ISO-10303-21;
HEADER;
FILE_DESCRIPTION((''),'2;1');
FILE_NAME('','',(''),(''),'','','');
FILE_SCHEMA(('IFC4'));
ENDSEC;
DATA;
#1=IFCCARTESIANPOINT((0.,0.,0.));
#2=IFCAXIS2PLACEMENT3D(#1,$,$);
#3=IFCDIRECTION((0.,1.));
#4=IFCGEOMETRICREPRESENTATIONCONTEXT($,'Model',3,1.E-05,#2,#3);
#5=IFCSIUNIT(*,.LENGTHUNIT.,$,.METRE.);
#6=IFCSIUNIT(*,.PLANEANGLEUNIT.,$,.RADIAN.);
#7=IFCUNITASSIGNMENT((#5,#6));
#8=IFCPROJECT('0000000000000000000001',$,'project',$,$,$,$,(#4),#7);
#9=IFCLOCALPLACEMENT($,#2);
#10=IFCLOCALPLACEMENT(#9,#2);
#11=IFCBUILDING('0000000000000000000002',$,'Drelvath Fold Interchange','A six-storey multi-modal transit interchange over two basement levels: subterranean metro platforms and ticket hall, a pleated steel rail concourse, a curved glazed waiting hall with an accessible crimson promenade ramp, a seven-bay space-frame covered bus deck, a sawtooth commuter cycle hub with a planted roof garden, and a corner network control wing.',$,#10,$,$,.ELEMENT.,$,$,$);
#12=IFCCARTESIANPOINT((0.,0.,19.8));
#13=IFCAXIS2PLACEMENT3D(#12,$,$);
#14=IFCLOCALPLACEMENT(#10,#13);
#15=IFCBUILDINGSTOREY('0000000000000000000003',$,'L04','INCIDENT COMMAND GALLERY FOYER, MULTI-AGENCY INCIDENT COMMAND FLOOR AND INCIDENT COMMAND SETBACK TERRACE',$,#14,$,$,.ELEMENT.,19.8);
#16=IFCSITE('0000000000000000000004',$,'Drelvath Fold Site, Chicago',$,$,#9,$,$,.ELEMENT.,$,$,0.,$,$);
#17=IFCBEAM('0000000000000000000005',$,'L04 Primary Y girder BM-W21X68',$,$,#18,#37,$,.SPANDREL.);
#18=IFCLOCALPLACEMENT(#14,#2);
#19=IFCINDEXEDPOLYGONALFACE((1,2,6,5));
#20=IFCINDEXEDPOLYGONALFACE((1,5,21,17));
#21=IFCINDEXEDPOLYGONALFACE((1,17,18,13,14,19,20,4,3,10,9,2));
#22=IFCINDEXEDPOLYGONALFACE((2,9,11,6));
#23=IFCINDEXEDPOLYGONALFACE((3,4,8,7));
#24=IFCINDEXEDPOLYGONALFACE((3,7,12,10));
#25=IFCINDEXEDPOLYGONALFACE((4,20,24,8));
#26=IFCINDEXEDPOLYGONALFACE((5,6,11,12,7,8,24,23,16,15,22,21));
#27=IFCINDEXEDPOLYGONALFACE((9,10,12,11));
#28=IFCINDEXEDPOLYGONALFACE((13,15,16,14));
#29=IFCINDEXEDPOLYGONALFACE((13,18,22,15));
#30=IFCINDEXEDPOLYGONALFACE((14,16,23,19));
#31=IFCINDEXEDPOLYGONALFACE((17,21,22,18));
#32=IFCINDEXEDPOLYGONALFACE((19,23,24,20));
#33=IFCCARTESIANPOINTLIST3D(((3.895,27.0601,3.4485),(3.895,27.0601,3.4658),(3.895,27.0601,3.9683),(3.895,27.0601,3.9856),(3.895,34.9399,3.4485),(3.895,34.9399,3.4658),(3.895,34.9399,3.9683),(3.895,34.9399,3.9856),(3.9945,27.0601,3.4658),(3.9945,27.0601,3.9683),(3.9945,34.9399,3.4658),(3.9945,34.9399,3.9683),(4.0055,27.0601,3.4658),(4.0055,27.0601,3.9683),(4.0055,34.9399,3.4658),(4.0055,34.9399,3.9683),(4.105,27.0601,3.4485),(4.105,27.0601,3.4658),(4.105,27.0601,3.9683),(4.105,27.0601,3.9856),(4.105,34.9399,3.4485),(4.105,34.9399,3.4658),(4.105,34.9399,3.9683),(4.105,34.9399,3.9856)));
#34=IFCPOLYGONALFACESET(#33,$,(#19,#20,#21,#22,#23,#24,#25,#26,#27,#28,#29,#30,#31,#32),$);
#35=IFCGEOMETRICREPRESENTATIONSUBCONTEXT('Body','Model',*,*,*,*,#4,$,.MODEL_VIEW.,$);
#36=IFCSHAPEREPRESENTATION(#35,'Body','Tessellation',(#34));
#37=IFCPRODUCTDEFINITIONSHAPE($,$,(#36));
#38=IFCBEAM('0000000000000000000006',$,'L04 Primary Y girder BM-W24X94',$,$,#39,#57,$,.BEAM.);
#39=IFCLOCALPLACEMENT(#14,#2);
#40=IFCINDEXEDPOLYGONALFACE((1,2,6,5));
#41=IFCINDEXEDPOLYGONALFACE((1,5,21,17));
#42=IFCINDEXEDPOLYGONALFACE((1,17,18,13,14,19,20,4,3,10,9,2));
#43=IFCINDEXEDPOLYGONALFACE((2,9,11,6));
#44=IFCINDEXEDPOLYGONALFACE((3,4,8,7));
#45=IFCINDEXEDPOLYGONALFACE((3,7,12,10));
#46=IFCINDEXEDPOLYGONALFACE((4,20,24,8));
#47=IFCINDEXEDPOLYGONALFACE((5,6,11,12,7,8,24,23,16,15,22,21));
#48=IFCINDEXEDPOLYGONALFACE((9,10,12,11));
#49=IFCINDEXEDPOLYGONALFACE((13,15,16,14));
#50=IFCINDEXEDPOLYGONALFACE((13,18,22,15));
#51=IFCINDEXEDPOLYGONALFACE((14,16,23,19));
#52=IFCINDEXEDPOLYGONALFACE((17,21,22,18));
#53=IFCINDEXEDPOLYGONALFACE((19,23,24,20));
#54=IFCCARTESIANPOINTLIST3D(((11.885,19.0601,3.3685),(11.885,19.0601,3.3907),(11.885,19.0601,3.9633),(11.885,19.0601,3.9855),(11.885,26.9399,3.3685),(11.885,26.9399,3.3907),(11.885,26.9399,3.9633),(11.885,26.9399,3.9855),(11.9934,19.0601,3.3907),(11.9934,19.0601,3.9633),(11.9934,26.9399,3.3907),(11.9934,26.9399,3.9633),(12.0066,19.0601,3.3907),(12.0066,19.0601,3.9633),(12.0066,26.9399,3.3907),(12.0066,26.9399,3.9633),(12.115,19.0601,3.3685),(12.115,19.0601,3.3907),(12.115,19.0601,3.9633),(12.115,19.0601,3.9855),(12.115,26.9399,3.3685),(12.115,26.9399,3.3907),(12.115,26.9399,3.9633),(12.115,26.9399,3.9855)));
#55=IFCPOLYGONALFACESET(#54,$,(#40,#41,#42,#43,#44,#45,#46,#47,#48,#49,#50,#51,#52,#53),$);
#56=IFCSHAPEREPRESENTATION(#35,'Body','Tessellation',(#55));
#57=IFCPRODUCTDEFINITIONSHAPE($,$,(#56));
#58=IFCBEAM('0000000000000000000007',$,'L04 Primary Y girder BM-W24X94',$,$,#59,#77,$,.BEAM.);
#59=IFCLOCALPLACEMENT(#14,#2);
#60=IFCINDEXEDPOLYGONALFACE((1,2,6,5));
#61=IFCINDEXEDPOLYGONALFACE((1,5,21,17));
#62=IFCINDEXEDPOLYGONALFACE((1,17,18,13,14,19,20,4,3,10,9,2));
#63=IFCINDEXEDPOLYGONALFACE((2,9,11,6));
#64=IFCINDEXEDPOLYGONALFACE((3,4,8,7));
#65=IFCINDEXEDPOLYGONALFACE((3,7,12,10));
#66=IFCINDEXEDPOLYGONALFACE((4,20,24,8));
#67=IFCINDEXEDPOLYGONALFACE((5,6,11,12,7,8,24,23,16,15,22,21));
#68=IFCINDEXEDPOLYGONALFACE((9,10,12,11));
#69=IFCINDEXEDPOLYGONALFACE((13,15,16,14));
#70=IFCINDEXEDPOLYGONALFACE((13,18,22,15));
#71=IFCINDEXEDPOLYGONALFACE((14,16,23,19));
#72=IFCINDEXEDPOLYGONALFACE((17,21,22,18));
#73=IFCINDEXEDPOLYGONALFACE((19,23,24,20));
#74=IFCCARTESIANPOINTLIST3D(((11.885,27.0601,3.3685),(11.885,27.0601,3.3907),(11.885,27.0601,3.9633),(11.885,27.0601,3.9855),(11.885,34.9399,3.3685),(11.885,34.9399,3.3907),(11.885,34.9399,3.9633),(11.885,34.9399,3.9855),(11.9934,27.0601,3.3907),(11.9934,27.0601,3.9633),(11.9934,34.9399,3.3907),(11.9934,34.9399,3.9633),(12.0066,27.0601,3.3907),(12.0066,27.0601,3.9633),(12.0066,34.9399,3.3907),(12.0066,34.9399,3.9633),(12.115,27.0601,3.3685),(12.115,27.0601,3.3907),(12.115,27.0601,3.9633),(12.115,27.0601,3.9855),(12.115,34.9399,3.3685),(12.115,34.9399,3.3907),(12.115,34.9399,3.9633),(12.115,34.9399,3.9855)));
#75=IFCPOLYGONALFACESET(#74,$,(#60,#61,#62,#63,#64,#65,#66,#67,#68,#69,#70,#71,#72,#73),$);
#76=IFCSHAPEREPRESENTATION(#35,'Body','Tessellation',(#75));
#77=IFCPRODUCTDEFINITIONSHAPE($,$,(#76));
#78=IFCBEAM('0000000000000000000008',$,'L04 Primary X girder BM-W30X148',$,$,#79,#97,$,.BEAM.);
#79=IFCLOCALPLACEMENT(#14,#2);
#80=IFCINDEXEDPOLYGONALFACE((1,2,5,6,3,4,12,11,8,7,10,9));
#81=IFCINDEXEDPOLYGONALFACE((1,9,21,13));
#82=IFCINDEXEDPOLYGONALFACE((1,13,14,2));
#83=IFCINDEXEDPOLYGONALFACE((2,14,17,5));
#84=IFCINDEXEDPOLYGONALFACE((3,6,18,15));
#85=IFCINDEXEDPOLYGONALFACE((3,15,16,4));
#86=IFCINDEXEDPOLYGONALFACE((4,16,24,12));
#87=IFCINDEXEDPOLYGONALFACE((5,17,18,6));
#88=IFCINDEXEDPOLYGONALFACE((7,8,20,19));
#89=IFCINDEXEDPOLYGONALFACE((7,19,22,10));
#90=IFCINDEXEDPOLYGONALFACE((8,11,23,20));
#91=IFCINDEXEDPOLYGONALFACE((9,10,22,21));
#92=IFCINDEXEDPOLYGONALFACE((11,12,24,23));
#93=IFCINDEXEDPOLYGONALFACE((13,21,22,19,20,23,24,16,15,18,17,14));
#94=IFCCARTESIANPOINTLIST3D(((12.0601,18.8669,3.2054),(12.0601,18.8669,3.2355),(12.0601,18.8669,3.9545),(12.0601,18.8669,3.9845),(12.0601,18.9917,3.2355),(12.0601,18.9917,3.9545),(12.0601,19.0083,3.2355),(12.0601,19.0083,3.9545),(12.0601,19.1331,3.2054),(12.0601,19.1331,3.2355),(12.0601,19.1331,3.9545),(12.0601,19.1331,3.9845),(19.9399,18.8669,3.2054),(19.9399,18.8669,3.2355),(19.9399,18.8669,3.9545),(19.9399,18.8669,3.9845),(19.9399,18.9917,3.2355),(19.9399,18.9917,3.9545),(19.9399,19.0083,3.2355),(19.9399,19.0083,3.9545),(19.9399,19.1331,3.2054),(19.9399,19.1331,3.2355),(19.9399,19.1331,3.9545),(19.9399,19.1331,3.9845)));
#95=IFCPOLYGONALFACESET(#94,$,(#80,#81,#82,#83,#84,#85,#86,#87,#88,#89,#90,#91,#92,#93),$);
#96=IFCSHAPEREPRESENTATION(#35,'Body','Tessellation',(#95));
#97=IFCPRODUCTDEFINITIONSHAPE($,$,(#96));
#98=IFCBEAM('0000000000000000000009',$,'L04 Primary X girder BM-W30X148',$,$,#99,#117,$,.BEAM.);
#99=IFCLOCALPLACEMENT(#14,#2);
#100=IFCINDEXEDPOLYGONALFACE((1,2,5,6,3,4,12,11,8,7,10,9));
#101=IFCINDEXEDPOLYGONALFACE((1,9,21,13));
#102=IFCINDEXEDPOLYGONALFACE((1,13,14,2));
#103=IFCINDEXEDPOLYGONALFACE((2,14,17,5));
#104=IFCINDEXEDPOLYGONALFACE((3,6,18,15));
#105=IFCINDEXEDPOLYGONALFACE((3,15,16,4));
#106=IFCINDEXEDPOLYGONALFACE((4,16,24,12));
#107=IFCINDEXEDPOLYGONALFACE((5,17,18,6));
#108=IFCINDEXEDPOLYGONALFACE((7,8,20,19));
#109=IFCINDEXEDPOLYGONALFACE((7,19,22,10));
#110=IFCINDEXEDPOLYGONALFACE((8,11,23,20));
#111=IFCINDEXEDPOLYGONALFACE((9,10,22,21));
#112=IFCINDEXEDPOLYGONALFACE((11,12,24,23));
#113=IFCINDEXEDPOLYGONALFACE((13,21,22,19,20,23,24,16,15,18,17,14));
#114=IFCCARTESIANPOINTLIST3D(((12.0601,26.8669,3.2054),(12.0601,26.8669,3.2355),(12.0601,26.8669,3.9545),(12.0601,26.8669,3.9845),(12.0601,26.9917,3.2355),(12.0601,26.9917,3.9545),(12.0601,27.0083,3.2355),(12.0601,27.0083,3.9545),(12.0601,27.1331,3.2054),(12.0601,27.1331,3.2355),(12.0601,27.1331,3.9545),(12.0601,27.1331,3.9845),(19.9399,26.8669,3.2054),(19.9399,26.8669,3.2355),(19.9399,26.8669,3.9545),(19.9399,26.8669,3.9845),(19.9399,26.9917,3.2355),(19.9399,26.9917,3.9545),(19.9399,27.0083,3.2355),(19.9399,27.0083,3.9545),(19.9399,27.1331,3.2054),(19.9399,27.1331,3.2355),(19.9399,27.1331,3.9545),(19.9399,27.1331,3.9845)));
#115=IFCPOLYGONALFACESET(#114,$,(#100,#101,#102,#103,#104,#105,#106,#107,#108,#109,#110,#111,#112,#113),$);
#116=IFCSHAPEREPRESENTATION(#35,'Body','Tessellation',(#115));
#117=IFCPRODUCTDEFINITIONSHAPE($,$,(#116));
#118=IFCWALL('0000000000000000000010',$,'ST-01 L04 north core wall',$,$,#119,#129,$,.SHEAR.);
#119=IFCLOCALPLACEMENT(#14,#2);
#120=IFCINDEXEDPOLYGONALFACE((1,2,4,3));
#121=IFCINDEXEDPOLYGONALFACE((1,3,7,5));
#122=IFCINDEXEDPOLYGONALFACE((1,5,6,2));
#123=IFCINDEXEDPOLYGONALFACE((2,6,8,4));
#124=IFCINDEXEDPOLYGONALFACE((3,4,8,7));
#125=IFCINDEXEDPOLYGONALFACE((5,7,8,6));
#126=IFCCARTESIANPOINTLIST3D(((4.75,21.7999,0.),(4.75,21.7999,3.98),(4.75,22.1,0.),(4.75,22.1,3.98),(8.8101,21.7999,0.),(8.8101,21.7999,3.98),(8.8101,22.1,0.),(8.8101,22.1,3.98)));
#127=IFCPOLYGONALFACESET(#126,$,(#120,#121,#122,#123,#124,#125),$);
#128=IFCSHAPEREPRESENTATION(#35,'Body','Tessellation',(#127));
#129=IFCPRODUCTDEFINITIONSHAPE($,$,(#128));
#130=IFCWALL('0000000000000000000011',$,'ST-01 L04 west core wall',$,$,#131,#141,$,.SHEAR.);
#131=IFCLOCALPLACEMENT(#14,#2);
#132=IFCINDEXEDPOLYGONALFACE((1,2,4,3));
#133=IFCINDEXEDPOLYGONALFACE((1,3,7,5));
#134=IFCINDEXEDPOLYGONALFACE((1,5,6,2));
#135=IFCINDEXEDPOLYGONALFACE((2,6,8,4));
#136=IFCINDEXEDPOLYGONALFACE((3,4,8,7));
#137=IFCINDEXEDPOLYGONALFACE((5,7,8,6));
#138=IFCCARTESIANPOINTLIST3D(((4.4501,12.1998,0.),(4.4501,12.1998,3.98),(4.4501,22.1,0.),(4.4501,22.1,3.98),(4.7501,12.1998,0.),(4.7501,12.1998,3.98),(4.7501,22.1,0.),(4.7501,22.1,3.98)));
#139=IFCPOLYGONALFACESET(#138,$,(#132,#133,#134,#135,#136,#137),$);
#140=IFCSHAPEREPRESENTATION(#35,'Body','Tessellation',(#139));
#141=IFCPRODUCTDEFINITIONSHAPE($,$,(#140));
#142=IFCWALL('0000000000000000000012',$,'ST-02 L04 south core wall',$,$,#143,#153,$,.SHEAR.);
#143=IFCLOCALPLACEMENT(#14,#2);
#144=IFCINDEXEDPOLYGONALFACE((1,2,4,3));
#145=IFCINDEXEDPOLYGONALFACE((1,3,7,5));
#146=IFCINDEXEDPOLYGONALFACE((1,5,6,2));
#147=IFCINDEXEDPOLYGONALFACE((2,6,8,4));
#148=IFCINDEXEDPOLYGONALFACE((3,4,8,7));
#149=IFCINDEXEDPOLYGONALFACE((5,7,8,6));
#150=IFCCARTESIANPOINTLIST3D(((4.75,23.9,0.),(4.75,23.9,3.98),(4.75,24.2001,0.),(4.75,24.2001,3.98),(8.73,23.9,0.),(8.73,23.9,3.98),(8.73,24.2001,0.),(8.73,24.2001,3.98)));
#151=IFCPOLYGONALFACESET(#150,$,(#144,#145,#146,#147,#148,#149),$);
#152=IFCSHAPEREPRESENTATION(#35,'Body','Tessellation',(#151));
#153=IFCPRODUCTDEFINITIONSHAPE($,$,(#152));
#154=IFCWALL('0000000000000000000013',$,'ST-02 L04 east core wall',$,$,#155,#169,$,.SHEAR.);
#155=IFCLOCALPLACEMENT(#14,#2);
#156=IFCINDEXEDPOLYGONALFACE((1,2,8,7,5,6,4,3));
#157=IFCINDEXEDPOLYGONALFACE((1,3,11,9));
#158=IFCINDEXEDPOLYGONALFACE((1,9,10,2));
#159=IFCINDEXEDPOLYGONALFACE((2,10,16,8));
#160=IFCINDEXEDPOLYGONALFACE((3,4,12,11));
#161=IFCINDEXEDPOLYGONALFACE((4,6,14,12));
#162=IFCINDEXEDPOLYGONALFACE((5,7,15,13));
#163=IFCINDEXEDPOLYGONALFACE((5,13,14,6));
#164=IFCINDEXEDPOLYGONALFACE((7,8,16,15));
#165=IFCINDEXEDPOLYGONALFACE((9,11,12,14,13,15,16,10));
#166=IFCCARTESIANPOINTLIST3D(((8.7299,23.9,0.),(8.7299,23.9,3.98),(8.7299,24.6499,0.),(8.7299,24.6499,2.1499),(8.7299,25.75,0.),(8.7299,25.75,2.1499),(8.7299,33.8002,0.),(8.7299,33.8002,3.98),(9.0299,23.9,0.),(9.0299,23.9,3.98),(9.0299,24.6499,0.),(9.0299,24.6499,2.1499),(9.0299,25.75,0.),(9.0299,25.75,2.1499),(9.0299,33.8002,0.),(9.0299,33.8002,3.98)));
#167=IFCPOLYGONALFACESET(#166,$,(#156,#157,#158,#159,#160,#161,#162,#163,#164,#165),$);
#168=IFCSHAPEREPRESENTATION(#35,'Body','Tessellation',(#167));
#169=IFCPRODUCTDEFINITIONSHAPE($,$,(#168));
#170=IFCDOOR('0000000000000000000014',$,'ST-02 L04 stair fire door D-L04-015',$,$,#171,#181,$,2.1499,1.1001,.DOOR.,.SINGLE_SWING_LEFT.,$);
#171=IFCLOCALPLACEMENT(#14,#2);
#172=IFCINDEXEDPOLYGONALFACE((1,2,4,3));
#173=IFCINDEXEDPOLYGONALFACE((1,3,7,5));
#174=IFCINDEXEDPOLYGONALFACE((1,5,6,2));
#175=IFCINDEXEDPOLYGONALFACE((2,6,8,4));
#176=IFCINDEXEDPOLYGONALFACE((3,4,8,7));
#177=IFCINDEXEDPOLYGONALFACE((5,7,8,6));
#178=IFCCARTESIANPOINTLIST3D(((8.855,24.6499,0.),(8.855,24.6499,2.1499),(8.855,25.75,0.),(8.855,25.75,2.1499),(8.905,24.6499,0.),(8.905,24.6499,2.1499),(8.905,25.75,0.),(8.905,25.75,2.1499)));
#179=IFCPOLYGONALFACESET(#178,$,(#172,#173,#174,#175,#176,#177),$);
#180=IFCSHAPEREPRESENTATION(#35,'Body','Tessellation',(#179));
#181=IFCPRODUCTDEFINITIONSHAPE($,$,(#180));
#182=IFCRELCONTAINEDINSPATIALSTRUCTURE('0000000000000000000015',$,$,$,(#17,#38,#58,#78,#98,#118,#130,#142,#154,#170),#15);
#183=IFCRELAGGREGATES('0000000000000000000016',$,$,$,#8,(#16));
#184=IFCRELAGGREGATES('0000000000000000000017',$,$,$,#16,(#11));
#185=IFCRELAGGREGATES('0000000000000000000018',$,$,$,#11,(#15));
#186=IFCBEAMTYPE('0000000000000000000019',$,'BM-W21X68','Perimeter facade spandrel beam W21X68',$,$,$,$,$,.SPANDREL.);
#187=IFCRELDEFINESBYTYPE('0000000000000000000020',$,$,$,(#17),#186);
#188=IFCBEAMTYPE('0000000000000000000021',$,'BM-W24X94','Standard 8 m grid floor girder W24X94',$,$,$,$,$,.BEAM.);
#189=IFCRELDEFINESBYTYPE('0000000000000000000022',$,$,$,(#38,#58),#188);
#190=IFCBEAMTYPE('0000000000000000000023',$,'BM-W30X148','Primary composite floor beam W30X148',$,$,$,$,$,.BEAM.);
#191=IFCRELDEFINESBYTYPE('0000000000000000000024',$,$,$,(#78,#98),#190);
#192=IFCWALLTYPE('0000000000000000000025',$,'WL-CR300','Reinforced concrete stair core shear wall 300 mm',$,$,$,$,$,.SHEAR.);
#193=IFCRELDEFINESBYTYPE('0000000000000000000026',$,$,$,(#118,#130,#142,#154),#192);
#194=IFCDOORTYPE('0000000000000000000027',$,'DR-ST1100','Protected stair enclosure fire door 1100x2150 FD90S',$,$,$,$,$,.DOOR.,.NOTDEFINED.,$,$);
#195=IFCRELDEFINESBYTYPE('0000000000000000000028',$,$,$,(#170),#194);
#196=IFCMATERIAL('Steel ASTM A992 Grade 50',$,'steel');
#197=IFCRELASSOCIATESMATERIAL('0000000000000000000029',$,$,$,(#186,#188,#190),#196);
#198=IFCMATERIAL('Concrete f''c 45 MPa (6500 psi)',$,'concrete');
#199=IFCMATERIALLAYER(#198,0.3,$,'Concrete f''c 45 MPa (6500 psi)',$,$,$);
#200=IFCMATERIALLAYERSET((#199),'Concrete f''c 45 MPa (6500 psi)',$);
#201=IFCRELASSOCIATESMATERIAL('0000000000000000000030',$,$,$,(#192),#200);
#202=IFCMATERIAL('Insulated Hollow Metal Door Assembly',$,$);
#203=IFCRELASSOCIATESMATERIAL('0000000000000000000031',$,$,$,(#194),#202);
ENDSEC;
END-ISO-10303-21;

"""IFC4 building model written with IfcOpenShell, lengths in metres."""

from ifc_helpers import new_model, si_unit, direction, frame, frame_2d, origin, origin_2d, place, context, subcontext, project, spatial, rectangle, i_section, extrude, material, layer, layer_set, material_profile, profile_set, type_object, element, fill, save


model = new_model("IFC4")

# Units and contexts
model_context = context("Model", 3, precision=1e-05, world=origin(), true_north=direction((0.0, 1.0)))
body_context = subcontext(model_context, "Body", "Model", "MODEL_VIEW")
ifc_project = project(units=[si_unit("LENGTHUNIT", "METRE"), si_unit("PLANEANGLEUNIT", "RADIAN")], contexts=[model_context])

# Site, building, storey
site_placement = place(None, origin())
site = spatial("IfcSite", under=ifc_project, at=site_placement, Name="Drelvath Fold Site, Chicago", CompositionType="ELEMENT", RefElevation=0.0)
building_placement = place(site_placement, origin())
building = spatial("IfcBuilding", under=site, at=building_placement, Name="Drelvath Fold Interchange", Description="A six-storey multi-modal transit interchange over two basement levels: subterranean metro platforms and ticket hall, a pleated steel rail concourse, a curved glazed waiting hall with an accessible crimson promenade ramp, a seven-bay space-frame covered bus deck, a sawtooth commuter cycle hub with a planted roof garden, and a corner network control wing.", CompositionType="ELEMENT")
storey_placement = place(building_placement, frame((0.0, 0.0, 19.8)))
storey = spatial("IfcBuildingStorey", under=building, at=storey_placement, Name="L04", Description="INCIDENT COMMAND GALLERY FOYER, MULTI-AGENCY INCIDENT COMMAND FLOOR AND INCIDENT COMMAND SETBACK TERRACE", CompositionType="ELEMENT", Elevation=19.8)

# Shared definitions
ifc_material_1 = material(Name="Steel ASTM A992 Grade 50", Category="steel")

# Beams
ifc_material_profile_1 = material_profile(ifc_material_1, i_section(OverallWidth=0.21, OverallDepth=0.5371, WebThickness=0.011, FlangeThickness=0.0173, at=origin_2d()), Name="W21X68")
ifc_profile_set_1 = profile_set([ifc_material_profile_1], Name="Steel ASTM A992 Grade 50")
beam_type_1 = type_object("IfcBeamType", Name="BM-W21X68", Description="Perimeter facade spandrel beam W21X68", PredefinedType="SPANDREL", material=ifc_profile_set_1)
for number, where, z_axis, x_axis, name in (
    (1, (4.0, 27.0601, 3.717), (0.0, 1.0, 0.0), (-1.0, 0.0, 0.0), "L04 Primary Y girder BM-W21X68"),
):
    element("IfcBeam", number, at=place(storey_placement, frame(where, z_axis=z_axis, x_axis=x_axis)), inside=storey, type_object=beam_type_1, Name=name, PredefinedType="SPANDREL", context=body_context, shape_type="SweptSolid", body=[
        extrude(i_section(OverallWidth=0.21, OverallDepth=0.5371, WebThickness=0.011, FlangeThickness=0.0173, at=origin_2d()), origin(), (0.0, 0.0, 1.0), 7.8799),
    ])
ifc_material_profile_2 = material_profile(ifc_material_1, i_section(OverallWidth=0.23, OverallDepth=0.6169, WebThickness=0.0132, FlangeThickness=0.0222, at=origin_2d()), Name="W24X94")
ifc_profile_set_2 = profile_set([ifc_material_profile_2], Name="Steel ASTM A992 Grade 50")
beam_type_2 = type_object("IfcBeamType", Name="BM-W24X94", Description="Standard 8 m grid floor girder W24X94", PredefinedType="BEAM", material=ifc_profile_set_2)
for number, where, z_axis, x_axis, name in (
    (2, (12.0, 19.0601, 3.677), (0.0, 1.0, 0.0), (-1.0, 0.0, 0.0), "L04 Primary Y girder BM-W24X94"),
    (3, (12.0, 27.0601, 3.677), (0.0, 1.0, 0.0), (-1.0, 0.0, 0.0), "L04 Primary Y girder BM-W24X94"),
):
    element("IfcBeam", number, at=place(storey_placement, frame(where, z_axis=z_axis, x_axis=x_axis)), inside=storey, type_object=beam_type_2, Name=name, PredefinedType="BEAM", context=body_context, shape_type="SweptSolid", body=[
        extrude(i_section(OverallWidth=0.23, OverallDepth=0.6169, WebThickness=0.0132, FlangeThickness=0.0222, at=origin_2d()), origin(), (0.0, 0.0, 1.0), 7.8799),
    ])
ifc_material_profile_3 = material_profile(ifc_material_1, i_section(OverallWidth=0.2661, OverallDepth=0.7791, WebThickness=0.0166, FlangeThickness=0.03, at=origin_2d()), Name="W30X148")
ifc_profile_set_3 = profile_set([ifc_material_profile_3], Name="Steel ASTM A992 Grade 50")
beam_type_3 = type_object("IfcBeamType", Name="BM-W30X148", Description="Primary composite floor beam W30X148", PredefinedType="BEAM", material=ifc_profile_set_3)
for number, where, z_axis, x_axis, name in (
    (4, (12.0601, 19.0, 3.595), (1.0, 0.0, 0.0), (0.0, 1.0, 0.0), "L04 Primary X girder BM-W30X148"),
    (5, (12.0601, 27.0, 3.595), (1.0, 0.0, 0.0), (0.0, 1.0, 0.0), "L04 Primary X girder BM-W30X148"),
):
    element("IfcBeam", number, at=place(storey_placement, frame(where, z_axis=z_axis, x_axis=x_axis)), inside=storey, type_object=beam_type_3, Name=name, PredefinedType="BEAM", context=body_context, shape_type="SweptSolid", body=[
        extrude(i_section(OverallWidth=0.2661, OverallDepth=0.7791, WebThickness=0.0166, FlangeThickness=0.03, at=origin_2d()), origin(), (0.0, 0.0, 1.0), 7.8799),
    ])

# Walls
ifc_material_2 = material(Name="Concrete f'c 45 MPa (6500 psi)", Category="concrete")
ifc_layer_1 = layer(ifc_material_2, 0.3, Name="Concrete f'c 45 MPa (6500 psi)")
ifc_layer_set_1 = layer_set([ifc_layer_1], Name="Concrete f'c 45 MPa (6500 psi)")
wall_type_1 = type_object("IfcWallType", Name="WL-CR300", Description="Reinforced concrete stair core shear wall 300 mm", PredefinedType="SHEAR", material=ifc_layer_set_1)
wall_1_placement = place(storey_placement, frame((8.8101, 21.95, 0.0), z_axis=(0.0, 0.0, 1.0), x_axis=(-1.0, 0.0, 0.0)))
element("IfcWall", 6, at=wall_1_placement, inside=storey, type_object=wall_type_1, Name="ST-01 L04 north core wall", PredefinedType="SHEAR", context=body_context, shape_type="SweptSolid", body=[
    extrude(rectangle(XDim=4.0601, YDim=0.3, at=frame_2d((2.03, 0.0))), origin(), (0.0, 0.0, 1.0), 3.98),
])
wall_2_placement = place(storey_placement, frame((4.6001, 22.1001, 0.0), z_axis=(0.0, 0.0, 1.0), x_axis=(0.0, -1.0, 0.0)))
element("IfcWall", 7, at=wall_2_placement, inside=storey, type_object=wall_type_1, Name="ST-01 L04 west core wall", PredefinedType="SHEAR", context=body_context, shape_type="SweptSolid", body=[
    extrude(rectangle(XDim=9.9001, YDim=0.3, at=frame_2d((4.9502, 0.0))), origin(), (0.0, 0.0, 1.0), 3.98),
])
wall_3_placement = place(storey_placement, frame((4.75, 24.05, 0.0), z_axis=(0.0, 0.0, 1.0), x_axis=(1.0, 0.0, 0.0)))
element("IfcWall", 8, at=wall_3_placement, inside=storey, type_object=wall_type_1, Name="ST-02 L04 south core wall", PredefinedType="SHEAR", context=body_context, shape_type="SweptSolid", body=[
    extrude(rectangle(XDim=3.98, YDim=0.3, at=frame_2d((1.99, 0.0))), origin(), (0.0, 0.0, 1.0), 3.98),
])

# Wall, opening, door
wall_4_placement = place(storey_placement, frame((8.8799, 23.8999, 0.0), z_axis=(0.0, 0.0, 1.0), x_axis=(0.0, 1.0, 0.0)))
wall_4 = element("IfcWall", 9, at=wall_4_placement, inside=storey, type_object=wall_type_1, Name="ST-02 L04 east core wall", PredefinedType="SHEAR", context=body_context, shape_type="SweptSolid", body=[
    extrude(rectangle(XDim=9.9001, YDim=0.3, at=frame_2d((4.9502, 0.0))), origin(), (0.0, 0.0, 1.0), 3.98),
])
opening_1_placement = place(wall_4_placement, frame((0.75, 0.0, 0.0)))
opening_1 = element("IfcOpeningElement", 10, at=opening_1_placement, cuts=wall_4, PredefinedType="OPENING", context=body_context, shape_type="SweptSolid", body=[
    extrude(rectangle(XDim=1.1001, YDim=2.1499, at=frame_2d((0.55, 1.075))), frame((0.0, 0.1599, 0.0), z_axis=(0.0, -1.0, 0.0), x_axis=(1.0, 0.0, 0.0)), (0.0, 0.0, 1.0), 0.3201),
])
ifc_material_3 = material(Name="Insulated Hollow Metal Door Assembly")
door_type_1 = type_object("IfcDoorType", Name="DR-ST1100", Description="Protected stair enclosure fire door 1100x2150 FD90S", OperationType="NOTDEFINED", PredefinedType="DOOR", material=ifc_material_3)
door_1_placement = place(opening_1_placement, origin())
door_1 = element("IfcDoor", 11, at=door_1_placement, inside=storey, type_object=door_type_1, Name="ST-02 L04 stair fire door D-L04-015", OperationType="SINGLE_SWING_LEFT", OverallHeight=2.1499, OverallWidth=1.1001, PredefinedType="DOOR", context=body_context, shape_type="SweptSolid", body=[
    extrude(rectangle(XDim=1.1001, YDim=2.1499, at=frame_2d((0.55, 1.075))), frame((0.0, 0.0249, 0.0), z_axis=(0.0, -1.0, 0.0), x_axis=(1.0, 0.0, 0.0)), (0.0, 0.0, 1.0), 0.05),
])
fill(opening_1, door_1)

save(model, "model.ifc")
